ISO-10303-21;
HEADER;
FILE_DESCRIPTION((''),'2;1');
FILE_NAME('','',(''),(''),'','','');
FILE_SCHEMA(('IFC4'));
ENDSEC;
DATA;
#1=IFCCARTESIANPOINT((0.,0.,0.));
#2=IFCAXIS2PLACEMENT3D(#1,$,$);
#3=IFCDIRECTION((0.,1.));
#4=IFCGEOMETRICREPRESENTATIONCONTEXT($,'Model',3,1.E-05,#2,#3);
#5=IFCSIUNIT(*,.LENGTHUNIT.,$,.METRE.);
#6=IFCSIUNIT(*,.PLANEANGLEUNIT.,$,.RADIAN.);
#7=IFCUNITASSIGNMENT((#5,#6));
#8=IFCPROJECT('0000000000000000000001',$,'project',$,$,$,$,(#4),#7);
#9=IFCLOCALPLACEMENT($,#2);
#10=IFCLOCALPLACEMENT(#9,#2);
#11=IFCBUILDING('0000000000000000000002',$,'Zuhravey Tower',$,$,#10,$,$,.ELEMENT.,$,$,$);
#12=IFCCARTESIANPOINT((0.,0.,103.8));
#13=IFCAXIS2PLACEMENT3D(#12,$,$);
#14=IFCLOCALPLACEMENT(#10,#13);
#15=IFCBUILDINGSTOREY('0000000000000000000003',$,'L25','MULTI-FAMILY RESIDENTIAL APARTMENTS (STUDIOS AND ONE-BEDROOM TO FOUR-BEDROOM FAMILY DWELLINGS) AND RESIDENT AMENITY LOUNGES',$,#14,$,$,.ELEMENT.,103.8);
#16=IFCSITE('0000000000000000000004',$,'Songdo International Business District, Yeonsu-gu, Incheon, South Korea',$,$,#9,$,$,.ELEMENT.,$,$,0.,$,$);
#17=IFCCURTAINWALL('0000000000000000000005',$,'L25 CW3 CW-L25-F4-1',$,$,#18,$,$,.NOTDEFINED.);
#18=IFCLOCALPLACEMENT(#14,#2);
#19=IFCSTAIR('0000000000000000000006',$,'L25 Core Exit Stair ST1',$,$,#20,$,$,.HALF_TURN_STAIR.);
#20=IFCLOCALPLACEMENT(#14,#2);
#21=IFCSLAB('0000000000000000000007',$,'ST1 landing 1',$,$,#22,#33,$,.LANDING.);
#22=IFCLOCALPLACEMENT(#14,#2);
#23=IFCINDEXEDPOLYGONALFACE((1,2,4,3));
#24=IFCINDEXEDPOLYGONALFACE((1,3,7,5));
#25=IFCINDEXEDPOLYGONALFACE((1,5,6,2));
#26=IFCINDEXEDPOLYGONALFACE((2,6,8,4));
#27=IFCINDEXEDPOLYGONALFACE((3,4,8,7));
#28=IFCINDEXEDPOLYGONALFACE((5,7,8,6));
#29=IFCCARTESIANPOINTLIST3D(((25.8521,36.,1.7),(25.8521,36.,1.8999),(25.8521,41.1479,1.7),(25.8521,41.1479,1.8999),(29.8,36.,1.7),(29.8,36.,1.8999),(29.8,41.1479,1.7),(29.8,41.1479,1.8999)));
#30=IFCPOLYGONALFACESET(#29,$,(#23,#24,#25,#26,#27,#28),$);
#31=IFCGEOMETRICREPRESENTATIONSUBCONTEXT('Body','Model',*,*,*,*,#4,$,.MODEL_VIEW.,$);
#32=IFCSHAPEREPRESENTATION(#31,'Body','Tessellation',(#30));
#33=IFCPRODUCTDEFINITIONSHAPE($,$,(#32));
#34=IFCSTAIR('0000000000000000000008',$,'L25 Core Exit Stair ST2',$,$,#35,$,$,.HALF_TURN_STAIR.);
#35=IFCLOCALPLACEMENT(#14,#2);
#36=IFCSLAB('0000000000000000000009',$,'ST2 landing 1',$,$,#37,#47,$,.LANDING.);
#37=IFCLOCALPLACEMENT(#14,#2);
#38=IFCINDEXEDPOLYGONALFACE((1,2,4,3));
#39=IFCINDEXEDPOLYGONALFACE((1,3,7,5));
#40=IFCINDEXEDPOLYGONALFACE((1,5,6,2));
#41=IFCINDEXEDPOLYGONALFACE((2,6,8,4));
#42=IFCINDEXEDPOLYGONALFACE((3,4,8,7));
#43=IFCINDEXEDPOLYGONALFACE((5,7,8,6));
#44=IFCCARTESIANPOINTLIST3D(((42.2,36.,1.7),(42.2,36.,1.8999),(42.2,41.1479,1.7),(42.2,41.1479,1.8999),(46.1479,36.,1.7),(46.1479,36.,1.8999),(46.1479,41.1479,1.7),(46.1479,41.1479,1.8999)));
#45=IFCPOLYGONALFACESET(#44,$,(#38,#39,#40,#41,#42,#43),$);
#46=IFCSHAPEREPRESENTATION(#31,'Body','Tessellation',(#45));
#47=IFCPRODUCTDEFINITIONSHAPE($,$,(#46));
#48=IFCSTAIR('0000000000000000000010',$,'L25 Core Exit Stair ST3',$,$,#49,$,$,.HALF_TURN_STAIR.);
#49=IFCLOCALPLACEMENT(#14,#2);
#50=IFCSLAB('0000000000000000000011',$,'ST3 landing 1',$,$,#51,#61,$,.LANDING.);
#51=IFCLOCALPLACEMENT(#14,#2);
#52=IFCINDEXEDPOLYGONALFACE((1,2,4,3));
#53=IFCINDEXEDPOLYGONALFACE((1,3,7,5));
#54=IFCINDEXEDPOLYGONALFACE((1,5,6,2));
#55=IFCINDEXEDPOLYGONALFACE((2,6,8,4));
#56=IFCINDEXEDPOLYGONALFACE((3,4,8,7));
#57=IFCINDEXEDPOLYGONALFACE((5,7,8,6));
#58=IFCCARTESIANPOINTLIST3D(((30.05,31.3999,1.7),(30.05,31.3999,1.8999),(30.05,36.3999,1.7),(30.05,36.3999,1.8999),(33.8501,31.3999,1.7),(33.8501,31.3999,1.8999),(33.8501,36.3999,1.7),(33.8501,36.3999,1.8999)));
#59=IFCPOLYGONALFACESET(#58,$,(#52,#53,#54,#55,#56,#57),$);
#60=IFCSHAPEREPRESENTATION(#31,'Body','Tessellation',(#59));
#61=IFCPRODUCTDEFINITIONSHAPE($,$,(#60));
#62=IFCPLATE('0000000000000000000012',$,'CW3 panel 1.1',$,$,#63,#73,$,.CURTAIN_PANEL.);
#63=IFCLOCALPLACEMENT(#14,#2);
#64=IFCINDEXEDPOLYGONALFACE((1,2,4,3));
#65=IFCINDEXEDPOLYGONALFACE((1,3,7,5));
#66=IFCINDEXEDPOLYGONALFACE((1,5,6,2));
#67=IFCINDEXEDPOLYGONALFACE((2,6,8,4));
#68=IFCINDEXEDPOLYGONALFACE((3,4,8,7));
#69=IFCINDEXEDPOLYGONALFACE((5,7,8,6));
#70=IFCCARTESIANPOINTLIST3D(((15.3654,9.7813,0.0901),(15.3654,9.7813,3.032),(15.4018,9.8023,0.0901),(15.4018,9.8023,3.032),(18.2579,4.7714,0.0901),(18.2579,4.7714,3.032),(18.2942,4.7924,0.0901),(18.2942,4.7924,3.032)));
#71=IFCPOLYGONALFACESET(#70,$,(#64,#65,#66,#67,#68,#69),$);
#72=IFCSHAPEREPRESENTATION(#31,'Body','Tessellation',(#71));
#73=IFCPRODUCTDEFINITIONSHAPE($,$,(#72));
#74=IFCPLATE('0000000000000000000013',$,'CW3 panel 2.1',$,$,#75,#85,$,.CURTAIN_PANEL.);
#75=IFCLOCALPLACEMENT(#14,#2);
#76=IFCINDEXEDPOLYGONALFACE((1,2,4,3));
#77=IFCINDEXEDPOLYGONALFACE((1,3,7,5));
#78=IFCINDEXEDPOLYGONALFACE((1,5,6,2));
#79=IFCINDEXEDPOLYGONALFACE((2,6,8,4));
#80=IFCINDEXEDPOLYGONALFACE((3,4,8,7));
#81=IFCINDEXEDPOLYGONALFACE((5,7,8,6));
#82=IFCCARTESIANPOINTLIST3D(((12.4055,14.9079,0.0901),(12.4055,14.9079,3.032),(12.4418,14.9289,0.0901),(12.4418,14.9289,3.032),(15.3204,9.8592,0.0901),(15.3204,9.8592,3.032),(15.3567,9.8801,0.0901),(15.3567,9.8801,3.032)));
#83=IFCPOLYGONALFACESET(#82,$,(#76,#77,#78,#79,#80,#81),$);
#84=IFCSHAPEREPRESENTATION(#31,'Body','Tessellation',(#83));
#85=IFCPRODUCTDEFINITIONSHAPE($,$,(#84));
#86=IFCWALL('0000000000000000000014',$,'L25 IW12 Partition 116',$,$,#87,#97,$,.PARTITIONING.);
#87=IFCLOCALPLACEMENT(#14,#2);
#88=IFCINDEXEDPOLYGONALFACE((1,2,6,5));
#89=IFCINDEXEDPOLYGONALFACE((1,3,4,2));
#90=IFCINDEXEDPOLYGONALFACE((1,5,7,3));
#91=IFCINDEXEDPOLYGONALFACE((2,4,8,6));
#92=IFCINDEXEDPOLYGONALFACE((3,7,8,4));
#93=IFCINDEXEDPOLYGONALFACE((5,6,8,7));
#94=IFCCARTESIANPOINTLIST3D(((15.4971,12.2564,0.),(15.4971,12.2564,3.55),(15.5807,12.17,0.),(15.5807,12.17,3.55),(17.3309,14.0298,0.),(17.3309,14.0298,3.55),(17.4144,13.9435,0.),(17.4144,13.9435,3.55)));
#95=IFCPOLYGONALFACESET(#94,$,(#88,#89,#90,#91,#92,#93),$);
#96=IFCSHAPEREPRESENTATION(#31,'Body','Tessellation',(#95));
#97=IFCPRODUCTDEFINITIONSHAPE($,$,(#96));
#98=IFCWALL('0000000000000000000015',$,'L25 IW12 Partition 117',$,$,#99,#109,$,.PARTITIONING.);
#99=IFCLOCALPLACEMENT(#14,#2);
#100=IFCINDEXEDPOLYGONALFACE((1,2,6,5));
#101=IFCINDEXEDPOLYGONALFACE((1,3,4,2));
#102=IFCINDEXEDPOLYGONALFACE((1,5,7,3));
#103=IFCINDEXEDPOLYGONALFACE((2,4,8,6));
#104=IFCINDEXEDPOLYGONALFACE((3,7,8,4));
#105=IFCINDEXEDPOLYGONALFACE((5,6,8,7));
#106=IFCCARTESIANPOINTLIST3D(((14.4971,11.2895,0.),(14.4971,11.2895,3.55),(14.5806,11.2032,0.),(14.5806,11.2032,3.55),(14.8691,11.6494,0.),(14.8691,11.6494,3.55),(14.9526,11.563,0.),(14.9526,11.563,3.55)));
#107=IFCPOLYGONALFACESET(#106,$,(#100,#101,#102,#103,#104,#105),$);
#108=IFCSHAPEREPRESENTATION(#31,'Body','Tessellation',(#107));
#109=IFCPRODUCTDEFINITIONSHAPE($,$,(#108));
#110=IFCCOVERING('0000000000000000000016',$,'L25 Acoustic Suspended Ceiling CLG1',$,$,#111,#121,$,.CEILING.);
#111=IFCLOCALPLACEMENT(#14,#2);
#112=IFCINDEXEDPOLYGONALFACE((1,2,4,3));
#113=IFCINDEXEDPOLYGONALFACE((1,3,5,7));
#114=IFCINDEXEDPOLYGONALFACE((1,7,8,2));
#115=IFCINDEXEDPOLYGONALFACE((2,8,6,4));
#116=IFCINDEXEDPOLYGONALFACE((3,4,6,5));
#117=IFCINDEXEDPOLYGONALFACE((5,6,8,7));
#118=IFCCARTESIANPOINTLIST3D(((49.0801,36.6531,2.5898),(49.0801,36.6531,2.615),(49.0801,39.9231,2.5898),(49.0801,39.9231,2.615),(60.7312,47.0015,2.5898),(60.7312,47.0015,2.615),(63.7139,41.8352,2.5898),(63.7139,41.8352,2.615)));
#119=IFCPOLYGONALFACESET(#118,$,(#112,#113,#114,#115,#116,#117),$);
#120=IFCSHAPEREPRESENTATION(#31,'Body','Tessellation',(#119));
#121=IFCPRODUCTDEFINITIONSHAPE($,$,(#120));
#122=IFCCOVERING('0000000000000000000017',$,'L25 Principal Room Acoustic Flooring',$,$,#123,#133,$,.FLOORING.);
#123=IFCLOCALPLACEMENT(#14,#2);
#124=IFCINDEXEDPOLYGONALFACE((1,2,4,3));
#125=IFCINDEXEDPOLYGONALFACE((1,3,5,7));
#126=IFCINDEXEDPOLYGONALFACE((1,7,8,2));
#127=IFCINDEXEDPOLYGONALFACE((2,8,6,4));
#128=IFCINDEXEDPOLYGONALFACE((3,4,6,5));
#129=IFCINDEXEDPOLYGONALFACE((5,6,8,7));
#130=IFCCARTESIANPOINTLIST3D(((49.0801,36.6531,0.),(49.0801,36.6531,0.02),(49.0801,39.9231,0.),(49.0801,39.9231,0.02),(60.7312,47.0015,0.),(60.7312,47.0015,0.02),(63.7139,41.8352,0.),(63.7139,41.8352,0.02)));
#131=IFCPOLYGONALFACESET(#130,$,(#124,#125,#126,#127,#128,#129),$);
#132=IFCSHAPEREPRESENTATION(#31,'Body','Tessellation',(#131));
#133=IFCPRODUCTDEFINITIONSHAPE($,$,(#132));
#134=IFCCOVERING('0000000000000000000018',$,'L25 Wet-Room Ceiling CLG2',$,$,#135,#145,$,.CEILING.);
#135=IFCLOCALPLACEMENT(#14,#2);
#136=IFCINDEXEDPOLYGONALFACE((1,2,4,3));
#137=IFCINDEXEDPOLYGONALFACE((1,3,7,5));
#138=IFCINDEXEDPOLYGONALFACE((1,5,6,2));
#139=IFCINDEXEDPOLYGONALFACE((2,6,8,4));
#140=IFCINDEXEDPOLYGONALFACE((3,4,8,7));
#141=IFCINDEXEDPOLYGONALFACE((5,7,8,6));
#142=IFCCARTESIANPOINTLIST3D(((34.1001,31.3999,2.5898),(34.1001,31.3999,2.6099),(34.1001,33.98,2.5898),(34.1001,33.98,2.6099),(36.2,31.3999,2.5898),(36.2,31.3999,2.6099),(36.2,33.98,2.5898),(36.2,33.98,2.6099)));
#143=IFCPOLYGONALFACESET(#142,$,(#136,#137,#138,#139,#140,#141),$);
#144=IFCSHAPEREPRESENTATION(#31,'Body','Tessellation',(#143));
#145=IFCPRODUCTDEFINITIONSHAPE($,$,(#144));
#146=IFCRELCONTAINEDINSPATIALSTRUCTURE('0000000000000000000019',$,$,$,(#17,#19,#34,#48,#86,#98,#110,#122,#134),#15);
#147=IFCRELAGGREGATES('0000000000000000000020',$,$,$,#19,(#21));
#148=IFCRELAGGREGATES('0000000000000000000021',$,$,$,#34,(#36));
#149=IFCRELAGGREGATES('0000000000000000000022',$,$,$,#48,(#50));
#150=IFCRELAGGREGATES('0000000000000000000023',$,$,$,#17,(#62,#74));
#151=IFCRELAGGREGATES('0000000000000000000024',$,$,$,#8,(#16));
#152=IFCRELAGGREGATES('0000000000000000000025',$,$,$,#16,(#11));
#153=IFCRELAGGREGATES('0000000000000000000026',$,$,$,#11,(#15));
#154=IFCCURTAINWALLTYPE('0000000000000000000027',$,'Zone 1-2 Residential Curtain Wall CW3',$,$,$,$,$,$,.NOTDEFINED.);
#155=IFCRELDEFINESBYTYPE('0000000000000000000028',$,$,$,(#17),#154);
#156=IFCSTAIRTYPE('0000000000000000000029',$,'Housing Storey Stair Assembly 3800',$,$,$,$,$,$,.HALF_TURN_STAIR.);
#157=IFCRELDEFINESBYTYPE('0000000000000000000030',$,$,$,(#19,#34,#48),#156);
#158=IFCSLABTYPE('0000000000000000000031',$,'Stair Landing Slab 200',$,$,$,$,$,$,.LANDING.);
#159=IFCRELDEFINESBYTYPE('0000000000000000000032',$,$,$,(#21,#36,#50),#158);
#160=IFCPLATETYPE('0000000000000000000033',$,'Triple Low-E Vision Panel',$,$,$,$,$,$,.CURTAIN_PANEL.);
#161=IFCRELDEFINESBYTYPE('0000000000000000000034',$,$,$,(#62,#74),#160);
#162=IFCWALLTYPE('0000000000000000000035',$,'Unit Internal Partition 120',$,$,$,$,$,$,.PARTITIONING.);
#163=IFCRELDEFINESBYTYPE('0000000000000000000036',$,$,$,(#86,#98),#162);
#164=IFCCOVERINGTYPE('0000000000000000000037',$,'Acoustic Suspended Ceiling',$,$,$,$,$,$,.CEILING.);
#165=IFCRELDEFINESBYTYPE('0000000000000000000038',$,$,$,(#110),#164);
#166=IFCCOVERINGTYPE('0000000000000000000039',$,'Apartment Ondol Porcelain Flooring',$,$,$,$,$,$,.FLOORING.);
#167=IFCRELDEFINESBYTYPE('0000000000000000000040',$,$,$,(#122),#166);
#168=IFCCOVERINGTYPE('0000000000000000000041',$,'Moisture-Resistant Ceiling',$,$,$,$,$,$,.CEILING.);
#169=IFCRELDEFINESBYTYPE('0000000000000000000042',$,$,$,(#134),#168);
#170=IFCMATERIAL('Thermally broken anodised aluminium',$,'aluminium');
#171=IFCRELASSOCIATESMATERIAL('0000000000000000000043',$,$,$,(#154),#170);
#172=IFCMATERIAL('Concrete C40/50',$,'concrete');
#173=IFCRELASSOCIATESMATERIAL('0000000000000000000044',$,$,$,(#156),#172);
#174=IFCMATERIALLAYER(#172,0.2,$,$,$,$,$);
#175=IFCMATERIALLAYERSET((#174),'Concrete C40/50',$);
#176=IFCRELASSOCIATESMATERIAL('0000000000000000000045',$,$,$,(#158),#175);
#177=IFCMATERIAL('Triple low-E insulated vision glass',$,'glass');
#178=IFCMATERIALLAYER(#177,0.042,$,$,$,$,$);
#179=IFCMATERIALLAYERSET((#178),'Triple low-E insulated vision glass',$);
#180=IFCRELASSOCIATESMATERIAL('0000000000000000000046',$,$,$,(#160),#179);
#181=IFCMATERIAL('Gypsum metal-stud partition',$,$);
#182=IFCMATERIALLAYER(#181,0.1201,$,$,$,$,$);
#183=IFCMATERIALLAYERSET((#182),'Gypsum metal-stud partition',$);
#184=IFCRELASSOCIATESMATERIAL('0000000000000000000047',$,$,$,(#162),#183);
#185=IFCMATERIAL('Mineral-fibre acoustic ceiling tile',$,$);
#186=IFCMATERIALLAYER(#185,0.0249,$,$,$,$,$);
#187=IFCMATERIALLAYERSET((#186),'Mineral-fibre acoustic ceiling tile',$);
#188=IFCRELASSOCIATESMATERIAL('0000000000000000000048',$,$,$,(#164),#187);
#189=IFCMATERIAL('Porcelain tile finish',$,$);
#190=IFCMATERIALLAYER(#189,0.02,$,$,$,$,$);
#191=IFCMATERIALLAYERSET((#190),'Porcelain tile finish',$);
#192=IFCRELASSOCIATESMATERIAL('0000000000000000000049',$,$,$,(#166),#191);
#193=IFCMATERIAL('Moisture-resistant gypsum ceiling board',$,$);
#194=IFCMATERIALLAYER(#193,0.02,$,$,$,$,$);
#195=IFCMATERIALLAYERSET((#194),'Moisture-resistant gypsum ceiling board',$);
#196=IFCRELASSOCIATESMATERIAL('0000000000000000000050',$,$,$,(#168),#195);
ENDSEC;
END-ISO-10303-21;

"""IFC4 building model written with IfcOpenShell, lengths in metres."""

from ifc_helpers import new_model, si_unit, direction, frame, frame_2d, origin, origin_2d, place, context, subcontext, project, spatial, polyline, rectangle, outline, extrude, material, layer, layer_set, type_object, element, aggregate, save


model = new_model("IFC4")

# Units and contexts
model_context = context("Model", 3, precision=1e-05, world=origin(), true_north=direction((0.0, 1.0)))
body_context = subcontext(model_context, "Body", "Model", "MODEL_VIEW")
ifc_project = project(units=[si_unit("LENGTHUNIT", "METRE"), si_unit("PLANEANGLEUNIT", "RADIAN")], contexts=[model_context])

# Site, building, storey
site_placement = place(None, origin())
site = spatial("IfcSite", under=ifc_project, at=site_placement, Name="Songdo International Business District, Yeonsu-gu, Incheon, South Korea", CompositionType="ELEMENT", RefElevation=0.0)
building_placement = place(site_placement, origin())
building = spatial("IfcBuilding", under=site, at=building_placement, Name="Zuhravey Tower", CompositionType="ELEMENT")
storey_placement = place(building_placement, frame((0.0, 0.0, 103.8)))
storey = spatial("IfcBuildingStorey", under=building, at=storey_placement, Name="L25", Description="MULTI-FAMILY RESIDENTIAL APARTMENTS (STUDIOS AND ONE-BEDROOM TO FOUR-BEDROOM FAMILY DWELLINGS) AND RESIDENT AMENITY LOUNGES", CompositionType="ELEMENT", Elevation=103.8)

# Curtain wall
ifc_material_1 = material(Name="Thermally broken anodised aluminium", Category="aluminium")
curtain_wall_type = type_object("IfcCurtainWallType", Name="Zone 1-2 Residential Curtain Wall CW3", PredefinedType="NOTDEFINED", material=ifc_material_1)
curtain_wall_placement = place(storey_placement, origin())
curtain_wall = element("IfcCurtainWall", 1, at=curtain_wall_placement, inside=storey, type_object=curtain_wall_type, Name="L25 CW3 CW-L25-F4-1", PredefinedType="NOTDEFINED")

# Shared definitions
ifc_material_2 = material(Name="Concrete C40/50", Category="concrete")

# Stairs, slabs
stair_type = type_object("IfcStairType", Name="Housing Storey Stair Assembly 3800", PredefinedType="HALF_TURN_STAIR", material=ifc_material_2)
stair_1_placement = place(storey_placement, origin())
stair_1 = element("IfcStair", 2, at=stair_1_placement, inside=storey, type_object=stair_type, Name="L25 Core Exit Stair ST1", PredefinedType="HALF_TURN_STAIR")
ifc_layer_1 = layer(ifc_material_2, 0.2)
ifc_layer_set_1 = layer_set([ifc_layer_1], Name="Concrete C40/50")
slab_type_1 = type_object("IfcSlabType", Name="Stair Landing Slab 200", PredefinedType="LANDING", material=ifc_layer_set_1)
slab_1_placement = place(storey_placement, frame((0.0, 0.0, 1.7)))
slab_1 = element("IfcSlab", 3, at=slab_1_placement, type_object=slab_type_1, Name="ST1 landing 1", PredefinedType="LANDING", context=body_context, shape_type="SweptSolid", body=[
    extrude(outline(polyline([(29.8, 36.0), (29.8, 41.1479), (25.8521, 41.1479), (25.8521, 36.0), (29.8, 36.0)])), origin(), (0.0, 0.0, 1.0), 0.2),
])
aggregate(stair_1, [slab_1])
stair_2_placement = place(storey_placement, origin())
stair_2 = element("IfcStair", 4, at=stair_2_placement, inside=storey, type_object=stair_type, Name="L25 Core Exit Stair ST2", PredefinedType="HALF_TURN_STAIR")
slab_2_placement = place(storey_placement, frame((0.0, 0.0, 1.7)))
slab_2 = element("IfcSlab", 5, at=slab_2_placement, type_object=slab_type_1, Name="ST2 landing 1", PredefinedType="LANDING", context=body_context, shape_type="SweptSolid", body=[
    extrude(outline(polyline([(46.1479, 36.0), (46.1479, 41.1479), (42.2, 41.1479), (42.2, 36.0), (46.1479, 36.0)])), origin(), (0.0, 0.0, 1.0), 0.2),
])
aggregate(stair_2, [slab_2])
stair_3_placement = place(storey_placement, origin())
stair_3 = element("IfcStair", 6, at=stair_3_placement, inside=storey, type_object=stair_type, Name="L25 Core Exit Stair ST3", PredefinedType="HALF_TURN_STAIR")
slab_3_placement = place(storey_placement, frame((0.0, 0.0, 1.7)))
slab_3 = element("IfcSlab", 7, at=slab_3_placement, type_object=slab_type_1, Name="ST3 landing 1", PredefinedType="LANDING", context=body_context, shape_type="SweptSolid", body=[
    extrude(outline(polyline([(30.05, 36.3999), (30.05, 31.3999), (33.8501, 31.3999), (33.8501, 36.3999), (30.05, 36.3999)])), origin(), (0.0, 0.0, 1.0), 0.2),
])
aggregate(stair_3, [slab_3])

# Plates
ifc_material_3 = material(Name="Triple low-E insulated vision glass", Category="glass")
ifc_layer_2 = layer(ifc_material_3, 0.042)
ifc_layer_set_2 = layer_set([ifc_layer_2], Name="Triple low-E insulated vision glass")
plate_type = type_object("IfcPlateType", Name="Triple Low-E Vision Panel", PredefinedType="CURTAIN_PANEL", material=ifc_layer_set_2)
plate_1_placement = place(storey_placement, frame((16.8298, 7.2869, 0.0901), z_axis=(0.0, 0.0, 1.0), x_axis=(-0.5, 0.866026, 0.0)))
plate_1 = element("IfcPlate", 8, at=plate_1_placement, type_object=plate_type, Name="CW3 panel 1.1", PredefinedType="CURTAIN_PANEL", context=body_context, shape_type="SweptSolid", body=[
    extrude(rectangle(XDim=5.7849, YDim=0.042, at=origin_2d()), origin(), (0.0, 0.0, 1.0), 2.9419),
])
plate_2_placement = place(storey_placement, frame((13.8811, 12.394, 0.0901), z_axis=(0.0, 0.0, 1.0), x_axis=(-0.5, 0.866026, 0.0)))
plate_2 = element("IfcPlate", 9, at=plate_2_placement, type_object=plate_type, Name="CW3 panel 2.1", PredefinedType="CURTAIN_PANEL", context=body_context, shape_type="SweptSolid", body=[
    extrude(rectangle(XDim=5.8298, YDim=0.042, at=origin_2d()), origin(), (0.0, 0.0, 1.0), 2.9419),
])
aggregate(curtain_wall, [plate_1, plate_2])

# Walls
ifc_material_4 = material(Name="Gypsum metal-stud partition")
ifc_layer_3 = layer(ifc_material_4, 0.1201)
ifc_layer_set_3 = layer_set([ifc_layer_3], Name="Gypsum metal-stud partition")
wall_type = type_object("IfcWallType", Name="Unit Internal Partition 120", PredefinedType="PARTITIONING", material=ifc_layer_set_3)
wall_1_placement = place(storey_placement, frame((17.3726, 13.9866, 0.0), z_axis=(0.0, 0.0, 1.0), x_axis=(-0.718827, -0.695189, 0.0)))
element("IfcWall", 10, at=wall_1_placement, inside=storey, type_object=wall_type, Name="L25 IW12 Partition 116", PredefinedType="PARTITIONING", context=body_context, shape_type="SweptSolid", body=[
    extrude(rectangle(XDim=2.551, YDim=0.1201, at=frame_2d((1.2754, 0.0))), origin(), (0.0, 0.0, 1.0), 3.55),
])
wall_2_placement = place(storey_placement, frame((14.9109, 11.6062, 0.0), z_axis=(0.0, 0.0, 1.0), x_axis=(-0.7188, -0.695217, 0.0)))
element("IfcWall", 11, at=wall_2_placement, inside=storey, type_object=wall_type, Name="L25 IW12 Partition 117", PredefinedType="PARTITIONING", context=body_context, shape_type="SweptSolid", body=[
    extrude(rectangle(XDim=0.5176, YDim=0.1201, at=frame_2d((0.2588, 0.0))), origin(), (0.0, 0.0, 1.0), 3.55),
])

# Coverings
ifc_material_5 = material(Name="Mineral-fibre acoustic ceiling tile")
ifc_layer_4 = layer(ifc_material_5, 0.0249)
ifc_layer_set_4 = layer_set([ifc_layer_4], Name="Mineral-fibre acoustic ceiling tile")
covering_type_1 = type_object("IfcCoveringType", Name="Acoustic Suspended Ceiling", PredefinedType="CEILING", material=ifc_layer_set_4)
covering_1_placement = place(storey_placement, frame((0.0, 0.0, 2.5898)))
element("IfcCovering", 12, at=covering_1_placement, inside=storey, type_object=covering_type_1, Name="L25 Acoustic Suspended Ceiling CLG1", PredefinedType="CEILING", context=body_context, shape_type="SweptSolid", body=[
    extrude(outline(polyline([(49.0801, 39.9231), (60.7312, 47.0015), (63.7139, 41.8352), (49.0801, 36.6531), (49.0801, 39.9231)])), origin(), (0.0, 0.0, 1.0), 0.0251),
])
ifc_material_6 = material(Name="Porcelain tile finish")
ifc_layer_5 = layer(ifc_material_6, 0.02)
ifc_layer_set_5 = layer_set([ifc_layer_5], Name="Porcelain tile finish")
covering_type_2 = type_object("IfcCoveringType", Name="Apartment Ondol Porcelain Flooring", PredefinedType="FLOORING", material=ifc_layer_set_5)
covering_2_placement = place(storey_placement, origin())
element("IfcCovering", 13, at=covering_2_placement, inside=storey, type_object=covering_type_2, Name="L25 Principal Room Acoustic Flooring", PredefinedType="FLOORING", context=body_context, shape_type="SweptSolid", body=[
    extrude(outline(polyline([(49.0801, 39.9231), (60.7312, 47.0015), (63.7139, 41.8352), (49.0801, 36.6531), (49.0801, 39.9231)])), origin(), (0.0, 0.0, 1.0), 0.02),
])
ifc_material_7 = material(Name="Moisture-resistant gypsum ceiling board")
ifc_layer_6 = layer(ifc_material_7, 0.02)
ifc_layer_set_6 = layer_set([ifc_layer_6], Name="Moisture-resistant gypsum ceiling board")
covering_type_3 = type_object("IfcCoveringType", Name="Moisture-Resistant Ceiling", PredefinedType="CEILING", material=ifc_layer_set_6)
covering_3_placement = place(storey_placement, frame((0.0, 0.0, 2.5898)))
element("IfcCovering", 14, at=covering_3_placement, inside=storey, type_object=covering_type_3, Name="L25 Wet-Room Ceiling CLG2", PredefinedType="CEILING", context=body_context, shape_type="SweptSolid", body=[
    extrude(outline(polyline([(36.2, 31.3999), (36.2, 33.98), (34.1001, 33.98), (34.1001, 31.3999), (36.2, 31.3999)])), origin(), (0.0, 0.0, 1.0), 0.02),
])

save(model, "model.ifc")
